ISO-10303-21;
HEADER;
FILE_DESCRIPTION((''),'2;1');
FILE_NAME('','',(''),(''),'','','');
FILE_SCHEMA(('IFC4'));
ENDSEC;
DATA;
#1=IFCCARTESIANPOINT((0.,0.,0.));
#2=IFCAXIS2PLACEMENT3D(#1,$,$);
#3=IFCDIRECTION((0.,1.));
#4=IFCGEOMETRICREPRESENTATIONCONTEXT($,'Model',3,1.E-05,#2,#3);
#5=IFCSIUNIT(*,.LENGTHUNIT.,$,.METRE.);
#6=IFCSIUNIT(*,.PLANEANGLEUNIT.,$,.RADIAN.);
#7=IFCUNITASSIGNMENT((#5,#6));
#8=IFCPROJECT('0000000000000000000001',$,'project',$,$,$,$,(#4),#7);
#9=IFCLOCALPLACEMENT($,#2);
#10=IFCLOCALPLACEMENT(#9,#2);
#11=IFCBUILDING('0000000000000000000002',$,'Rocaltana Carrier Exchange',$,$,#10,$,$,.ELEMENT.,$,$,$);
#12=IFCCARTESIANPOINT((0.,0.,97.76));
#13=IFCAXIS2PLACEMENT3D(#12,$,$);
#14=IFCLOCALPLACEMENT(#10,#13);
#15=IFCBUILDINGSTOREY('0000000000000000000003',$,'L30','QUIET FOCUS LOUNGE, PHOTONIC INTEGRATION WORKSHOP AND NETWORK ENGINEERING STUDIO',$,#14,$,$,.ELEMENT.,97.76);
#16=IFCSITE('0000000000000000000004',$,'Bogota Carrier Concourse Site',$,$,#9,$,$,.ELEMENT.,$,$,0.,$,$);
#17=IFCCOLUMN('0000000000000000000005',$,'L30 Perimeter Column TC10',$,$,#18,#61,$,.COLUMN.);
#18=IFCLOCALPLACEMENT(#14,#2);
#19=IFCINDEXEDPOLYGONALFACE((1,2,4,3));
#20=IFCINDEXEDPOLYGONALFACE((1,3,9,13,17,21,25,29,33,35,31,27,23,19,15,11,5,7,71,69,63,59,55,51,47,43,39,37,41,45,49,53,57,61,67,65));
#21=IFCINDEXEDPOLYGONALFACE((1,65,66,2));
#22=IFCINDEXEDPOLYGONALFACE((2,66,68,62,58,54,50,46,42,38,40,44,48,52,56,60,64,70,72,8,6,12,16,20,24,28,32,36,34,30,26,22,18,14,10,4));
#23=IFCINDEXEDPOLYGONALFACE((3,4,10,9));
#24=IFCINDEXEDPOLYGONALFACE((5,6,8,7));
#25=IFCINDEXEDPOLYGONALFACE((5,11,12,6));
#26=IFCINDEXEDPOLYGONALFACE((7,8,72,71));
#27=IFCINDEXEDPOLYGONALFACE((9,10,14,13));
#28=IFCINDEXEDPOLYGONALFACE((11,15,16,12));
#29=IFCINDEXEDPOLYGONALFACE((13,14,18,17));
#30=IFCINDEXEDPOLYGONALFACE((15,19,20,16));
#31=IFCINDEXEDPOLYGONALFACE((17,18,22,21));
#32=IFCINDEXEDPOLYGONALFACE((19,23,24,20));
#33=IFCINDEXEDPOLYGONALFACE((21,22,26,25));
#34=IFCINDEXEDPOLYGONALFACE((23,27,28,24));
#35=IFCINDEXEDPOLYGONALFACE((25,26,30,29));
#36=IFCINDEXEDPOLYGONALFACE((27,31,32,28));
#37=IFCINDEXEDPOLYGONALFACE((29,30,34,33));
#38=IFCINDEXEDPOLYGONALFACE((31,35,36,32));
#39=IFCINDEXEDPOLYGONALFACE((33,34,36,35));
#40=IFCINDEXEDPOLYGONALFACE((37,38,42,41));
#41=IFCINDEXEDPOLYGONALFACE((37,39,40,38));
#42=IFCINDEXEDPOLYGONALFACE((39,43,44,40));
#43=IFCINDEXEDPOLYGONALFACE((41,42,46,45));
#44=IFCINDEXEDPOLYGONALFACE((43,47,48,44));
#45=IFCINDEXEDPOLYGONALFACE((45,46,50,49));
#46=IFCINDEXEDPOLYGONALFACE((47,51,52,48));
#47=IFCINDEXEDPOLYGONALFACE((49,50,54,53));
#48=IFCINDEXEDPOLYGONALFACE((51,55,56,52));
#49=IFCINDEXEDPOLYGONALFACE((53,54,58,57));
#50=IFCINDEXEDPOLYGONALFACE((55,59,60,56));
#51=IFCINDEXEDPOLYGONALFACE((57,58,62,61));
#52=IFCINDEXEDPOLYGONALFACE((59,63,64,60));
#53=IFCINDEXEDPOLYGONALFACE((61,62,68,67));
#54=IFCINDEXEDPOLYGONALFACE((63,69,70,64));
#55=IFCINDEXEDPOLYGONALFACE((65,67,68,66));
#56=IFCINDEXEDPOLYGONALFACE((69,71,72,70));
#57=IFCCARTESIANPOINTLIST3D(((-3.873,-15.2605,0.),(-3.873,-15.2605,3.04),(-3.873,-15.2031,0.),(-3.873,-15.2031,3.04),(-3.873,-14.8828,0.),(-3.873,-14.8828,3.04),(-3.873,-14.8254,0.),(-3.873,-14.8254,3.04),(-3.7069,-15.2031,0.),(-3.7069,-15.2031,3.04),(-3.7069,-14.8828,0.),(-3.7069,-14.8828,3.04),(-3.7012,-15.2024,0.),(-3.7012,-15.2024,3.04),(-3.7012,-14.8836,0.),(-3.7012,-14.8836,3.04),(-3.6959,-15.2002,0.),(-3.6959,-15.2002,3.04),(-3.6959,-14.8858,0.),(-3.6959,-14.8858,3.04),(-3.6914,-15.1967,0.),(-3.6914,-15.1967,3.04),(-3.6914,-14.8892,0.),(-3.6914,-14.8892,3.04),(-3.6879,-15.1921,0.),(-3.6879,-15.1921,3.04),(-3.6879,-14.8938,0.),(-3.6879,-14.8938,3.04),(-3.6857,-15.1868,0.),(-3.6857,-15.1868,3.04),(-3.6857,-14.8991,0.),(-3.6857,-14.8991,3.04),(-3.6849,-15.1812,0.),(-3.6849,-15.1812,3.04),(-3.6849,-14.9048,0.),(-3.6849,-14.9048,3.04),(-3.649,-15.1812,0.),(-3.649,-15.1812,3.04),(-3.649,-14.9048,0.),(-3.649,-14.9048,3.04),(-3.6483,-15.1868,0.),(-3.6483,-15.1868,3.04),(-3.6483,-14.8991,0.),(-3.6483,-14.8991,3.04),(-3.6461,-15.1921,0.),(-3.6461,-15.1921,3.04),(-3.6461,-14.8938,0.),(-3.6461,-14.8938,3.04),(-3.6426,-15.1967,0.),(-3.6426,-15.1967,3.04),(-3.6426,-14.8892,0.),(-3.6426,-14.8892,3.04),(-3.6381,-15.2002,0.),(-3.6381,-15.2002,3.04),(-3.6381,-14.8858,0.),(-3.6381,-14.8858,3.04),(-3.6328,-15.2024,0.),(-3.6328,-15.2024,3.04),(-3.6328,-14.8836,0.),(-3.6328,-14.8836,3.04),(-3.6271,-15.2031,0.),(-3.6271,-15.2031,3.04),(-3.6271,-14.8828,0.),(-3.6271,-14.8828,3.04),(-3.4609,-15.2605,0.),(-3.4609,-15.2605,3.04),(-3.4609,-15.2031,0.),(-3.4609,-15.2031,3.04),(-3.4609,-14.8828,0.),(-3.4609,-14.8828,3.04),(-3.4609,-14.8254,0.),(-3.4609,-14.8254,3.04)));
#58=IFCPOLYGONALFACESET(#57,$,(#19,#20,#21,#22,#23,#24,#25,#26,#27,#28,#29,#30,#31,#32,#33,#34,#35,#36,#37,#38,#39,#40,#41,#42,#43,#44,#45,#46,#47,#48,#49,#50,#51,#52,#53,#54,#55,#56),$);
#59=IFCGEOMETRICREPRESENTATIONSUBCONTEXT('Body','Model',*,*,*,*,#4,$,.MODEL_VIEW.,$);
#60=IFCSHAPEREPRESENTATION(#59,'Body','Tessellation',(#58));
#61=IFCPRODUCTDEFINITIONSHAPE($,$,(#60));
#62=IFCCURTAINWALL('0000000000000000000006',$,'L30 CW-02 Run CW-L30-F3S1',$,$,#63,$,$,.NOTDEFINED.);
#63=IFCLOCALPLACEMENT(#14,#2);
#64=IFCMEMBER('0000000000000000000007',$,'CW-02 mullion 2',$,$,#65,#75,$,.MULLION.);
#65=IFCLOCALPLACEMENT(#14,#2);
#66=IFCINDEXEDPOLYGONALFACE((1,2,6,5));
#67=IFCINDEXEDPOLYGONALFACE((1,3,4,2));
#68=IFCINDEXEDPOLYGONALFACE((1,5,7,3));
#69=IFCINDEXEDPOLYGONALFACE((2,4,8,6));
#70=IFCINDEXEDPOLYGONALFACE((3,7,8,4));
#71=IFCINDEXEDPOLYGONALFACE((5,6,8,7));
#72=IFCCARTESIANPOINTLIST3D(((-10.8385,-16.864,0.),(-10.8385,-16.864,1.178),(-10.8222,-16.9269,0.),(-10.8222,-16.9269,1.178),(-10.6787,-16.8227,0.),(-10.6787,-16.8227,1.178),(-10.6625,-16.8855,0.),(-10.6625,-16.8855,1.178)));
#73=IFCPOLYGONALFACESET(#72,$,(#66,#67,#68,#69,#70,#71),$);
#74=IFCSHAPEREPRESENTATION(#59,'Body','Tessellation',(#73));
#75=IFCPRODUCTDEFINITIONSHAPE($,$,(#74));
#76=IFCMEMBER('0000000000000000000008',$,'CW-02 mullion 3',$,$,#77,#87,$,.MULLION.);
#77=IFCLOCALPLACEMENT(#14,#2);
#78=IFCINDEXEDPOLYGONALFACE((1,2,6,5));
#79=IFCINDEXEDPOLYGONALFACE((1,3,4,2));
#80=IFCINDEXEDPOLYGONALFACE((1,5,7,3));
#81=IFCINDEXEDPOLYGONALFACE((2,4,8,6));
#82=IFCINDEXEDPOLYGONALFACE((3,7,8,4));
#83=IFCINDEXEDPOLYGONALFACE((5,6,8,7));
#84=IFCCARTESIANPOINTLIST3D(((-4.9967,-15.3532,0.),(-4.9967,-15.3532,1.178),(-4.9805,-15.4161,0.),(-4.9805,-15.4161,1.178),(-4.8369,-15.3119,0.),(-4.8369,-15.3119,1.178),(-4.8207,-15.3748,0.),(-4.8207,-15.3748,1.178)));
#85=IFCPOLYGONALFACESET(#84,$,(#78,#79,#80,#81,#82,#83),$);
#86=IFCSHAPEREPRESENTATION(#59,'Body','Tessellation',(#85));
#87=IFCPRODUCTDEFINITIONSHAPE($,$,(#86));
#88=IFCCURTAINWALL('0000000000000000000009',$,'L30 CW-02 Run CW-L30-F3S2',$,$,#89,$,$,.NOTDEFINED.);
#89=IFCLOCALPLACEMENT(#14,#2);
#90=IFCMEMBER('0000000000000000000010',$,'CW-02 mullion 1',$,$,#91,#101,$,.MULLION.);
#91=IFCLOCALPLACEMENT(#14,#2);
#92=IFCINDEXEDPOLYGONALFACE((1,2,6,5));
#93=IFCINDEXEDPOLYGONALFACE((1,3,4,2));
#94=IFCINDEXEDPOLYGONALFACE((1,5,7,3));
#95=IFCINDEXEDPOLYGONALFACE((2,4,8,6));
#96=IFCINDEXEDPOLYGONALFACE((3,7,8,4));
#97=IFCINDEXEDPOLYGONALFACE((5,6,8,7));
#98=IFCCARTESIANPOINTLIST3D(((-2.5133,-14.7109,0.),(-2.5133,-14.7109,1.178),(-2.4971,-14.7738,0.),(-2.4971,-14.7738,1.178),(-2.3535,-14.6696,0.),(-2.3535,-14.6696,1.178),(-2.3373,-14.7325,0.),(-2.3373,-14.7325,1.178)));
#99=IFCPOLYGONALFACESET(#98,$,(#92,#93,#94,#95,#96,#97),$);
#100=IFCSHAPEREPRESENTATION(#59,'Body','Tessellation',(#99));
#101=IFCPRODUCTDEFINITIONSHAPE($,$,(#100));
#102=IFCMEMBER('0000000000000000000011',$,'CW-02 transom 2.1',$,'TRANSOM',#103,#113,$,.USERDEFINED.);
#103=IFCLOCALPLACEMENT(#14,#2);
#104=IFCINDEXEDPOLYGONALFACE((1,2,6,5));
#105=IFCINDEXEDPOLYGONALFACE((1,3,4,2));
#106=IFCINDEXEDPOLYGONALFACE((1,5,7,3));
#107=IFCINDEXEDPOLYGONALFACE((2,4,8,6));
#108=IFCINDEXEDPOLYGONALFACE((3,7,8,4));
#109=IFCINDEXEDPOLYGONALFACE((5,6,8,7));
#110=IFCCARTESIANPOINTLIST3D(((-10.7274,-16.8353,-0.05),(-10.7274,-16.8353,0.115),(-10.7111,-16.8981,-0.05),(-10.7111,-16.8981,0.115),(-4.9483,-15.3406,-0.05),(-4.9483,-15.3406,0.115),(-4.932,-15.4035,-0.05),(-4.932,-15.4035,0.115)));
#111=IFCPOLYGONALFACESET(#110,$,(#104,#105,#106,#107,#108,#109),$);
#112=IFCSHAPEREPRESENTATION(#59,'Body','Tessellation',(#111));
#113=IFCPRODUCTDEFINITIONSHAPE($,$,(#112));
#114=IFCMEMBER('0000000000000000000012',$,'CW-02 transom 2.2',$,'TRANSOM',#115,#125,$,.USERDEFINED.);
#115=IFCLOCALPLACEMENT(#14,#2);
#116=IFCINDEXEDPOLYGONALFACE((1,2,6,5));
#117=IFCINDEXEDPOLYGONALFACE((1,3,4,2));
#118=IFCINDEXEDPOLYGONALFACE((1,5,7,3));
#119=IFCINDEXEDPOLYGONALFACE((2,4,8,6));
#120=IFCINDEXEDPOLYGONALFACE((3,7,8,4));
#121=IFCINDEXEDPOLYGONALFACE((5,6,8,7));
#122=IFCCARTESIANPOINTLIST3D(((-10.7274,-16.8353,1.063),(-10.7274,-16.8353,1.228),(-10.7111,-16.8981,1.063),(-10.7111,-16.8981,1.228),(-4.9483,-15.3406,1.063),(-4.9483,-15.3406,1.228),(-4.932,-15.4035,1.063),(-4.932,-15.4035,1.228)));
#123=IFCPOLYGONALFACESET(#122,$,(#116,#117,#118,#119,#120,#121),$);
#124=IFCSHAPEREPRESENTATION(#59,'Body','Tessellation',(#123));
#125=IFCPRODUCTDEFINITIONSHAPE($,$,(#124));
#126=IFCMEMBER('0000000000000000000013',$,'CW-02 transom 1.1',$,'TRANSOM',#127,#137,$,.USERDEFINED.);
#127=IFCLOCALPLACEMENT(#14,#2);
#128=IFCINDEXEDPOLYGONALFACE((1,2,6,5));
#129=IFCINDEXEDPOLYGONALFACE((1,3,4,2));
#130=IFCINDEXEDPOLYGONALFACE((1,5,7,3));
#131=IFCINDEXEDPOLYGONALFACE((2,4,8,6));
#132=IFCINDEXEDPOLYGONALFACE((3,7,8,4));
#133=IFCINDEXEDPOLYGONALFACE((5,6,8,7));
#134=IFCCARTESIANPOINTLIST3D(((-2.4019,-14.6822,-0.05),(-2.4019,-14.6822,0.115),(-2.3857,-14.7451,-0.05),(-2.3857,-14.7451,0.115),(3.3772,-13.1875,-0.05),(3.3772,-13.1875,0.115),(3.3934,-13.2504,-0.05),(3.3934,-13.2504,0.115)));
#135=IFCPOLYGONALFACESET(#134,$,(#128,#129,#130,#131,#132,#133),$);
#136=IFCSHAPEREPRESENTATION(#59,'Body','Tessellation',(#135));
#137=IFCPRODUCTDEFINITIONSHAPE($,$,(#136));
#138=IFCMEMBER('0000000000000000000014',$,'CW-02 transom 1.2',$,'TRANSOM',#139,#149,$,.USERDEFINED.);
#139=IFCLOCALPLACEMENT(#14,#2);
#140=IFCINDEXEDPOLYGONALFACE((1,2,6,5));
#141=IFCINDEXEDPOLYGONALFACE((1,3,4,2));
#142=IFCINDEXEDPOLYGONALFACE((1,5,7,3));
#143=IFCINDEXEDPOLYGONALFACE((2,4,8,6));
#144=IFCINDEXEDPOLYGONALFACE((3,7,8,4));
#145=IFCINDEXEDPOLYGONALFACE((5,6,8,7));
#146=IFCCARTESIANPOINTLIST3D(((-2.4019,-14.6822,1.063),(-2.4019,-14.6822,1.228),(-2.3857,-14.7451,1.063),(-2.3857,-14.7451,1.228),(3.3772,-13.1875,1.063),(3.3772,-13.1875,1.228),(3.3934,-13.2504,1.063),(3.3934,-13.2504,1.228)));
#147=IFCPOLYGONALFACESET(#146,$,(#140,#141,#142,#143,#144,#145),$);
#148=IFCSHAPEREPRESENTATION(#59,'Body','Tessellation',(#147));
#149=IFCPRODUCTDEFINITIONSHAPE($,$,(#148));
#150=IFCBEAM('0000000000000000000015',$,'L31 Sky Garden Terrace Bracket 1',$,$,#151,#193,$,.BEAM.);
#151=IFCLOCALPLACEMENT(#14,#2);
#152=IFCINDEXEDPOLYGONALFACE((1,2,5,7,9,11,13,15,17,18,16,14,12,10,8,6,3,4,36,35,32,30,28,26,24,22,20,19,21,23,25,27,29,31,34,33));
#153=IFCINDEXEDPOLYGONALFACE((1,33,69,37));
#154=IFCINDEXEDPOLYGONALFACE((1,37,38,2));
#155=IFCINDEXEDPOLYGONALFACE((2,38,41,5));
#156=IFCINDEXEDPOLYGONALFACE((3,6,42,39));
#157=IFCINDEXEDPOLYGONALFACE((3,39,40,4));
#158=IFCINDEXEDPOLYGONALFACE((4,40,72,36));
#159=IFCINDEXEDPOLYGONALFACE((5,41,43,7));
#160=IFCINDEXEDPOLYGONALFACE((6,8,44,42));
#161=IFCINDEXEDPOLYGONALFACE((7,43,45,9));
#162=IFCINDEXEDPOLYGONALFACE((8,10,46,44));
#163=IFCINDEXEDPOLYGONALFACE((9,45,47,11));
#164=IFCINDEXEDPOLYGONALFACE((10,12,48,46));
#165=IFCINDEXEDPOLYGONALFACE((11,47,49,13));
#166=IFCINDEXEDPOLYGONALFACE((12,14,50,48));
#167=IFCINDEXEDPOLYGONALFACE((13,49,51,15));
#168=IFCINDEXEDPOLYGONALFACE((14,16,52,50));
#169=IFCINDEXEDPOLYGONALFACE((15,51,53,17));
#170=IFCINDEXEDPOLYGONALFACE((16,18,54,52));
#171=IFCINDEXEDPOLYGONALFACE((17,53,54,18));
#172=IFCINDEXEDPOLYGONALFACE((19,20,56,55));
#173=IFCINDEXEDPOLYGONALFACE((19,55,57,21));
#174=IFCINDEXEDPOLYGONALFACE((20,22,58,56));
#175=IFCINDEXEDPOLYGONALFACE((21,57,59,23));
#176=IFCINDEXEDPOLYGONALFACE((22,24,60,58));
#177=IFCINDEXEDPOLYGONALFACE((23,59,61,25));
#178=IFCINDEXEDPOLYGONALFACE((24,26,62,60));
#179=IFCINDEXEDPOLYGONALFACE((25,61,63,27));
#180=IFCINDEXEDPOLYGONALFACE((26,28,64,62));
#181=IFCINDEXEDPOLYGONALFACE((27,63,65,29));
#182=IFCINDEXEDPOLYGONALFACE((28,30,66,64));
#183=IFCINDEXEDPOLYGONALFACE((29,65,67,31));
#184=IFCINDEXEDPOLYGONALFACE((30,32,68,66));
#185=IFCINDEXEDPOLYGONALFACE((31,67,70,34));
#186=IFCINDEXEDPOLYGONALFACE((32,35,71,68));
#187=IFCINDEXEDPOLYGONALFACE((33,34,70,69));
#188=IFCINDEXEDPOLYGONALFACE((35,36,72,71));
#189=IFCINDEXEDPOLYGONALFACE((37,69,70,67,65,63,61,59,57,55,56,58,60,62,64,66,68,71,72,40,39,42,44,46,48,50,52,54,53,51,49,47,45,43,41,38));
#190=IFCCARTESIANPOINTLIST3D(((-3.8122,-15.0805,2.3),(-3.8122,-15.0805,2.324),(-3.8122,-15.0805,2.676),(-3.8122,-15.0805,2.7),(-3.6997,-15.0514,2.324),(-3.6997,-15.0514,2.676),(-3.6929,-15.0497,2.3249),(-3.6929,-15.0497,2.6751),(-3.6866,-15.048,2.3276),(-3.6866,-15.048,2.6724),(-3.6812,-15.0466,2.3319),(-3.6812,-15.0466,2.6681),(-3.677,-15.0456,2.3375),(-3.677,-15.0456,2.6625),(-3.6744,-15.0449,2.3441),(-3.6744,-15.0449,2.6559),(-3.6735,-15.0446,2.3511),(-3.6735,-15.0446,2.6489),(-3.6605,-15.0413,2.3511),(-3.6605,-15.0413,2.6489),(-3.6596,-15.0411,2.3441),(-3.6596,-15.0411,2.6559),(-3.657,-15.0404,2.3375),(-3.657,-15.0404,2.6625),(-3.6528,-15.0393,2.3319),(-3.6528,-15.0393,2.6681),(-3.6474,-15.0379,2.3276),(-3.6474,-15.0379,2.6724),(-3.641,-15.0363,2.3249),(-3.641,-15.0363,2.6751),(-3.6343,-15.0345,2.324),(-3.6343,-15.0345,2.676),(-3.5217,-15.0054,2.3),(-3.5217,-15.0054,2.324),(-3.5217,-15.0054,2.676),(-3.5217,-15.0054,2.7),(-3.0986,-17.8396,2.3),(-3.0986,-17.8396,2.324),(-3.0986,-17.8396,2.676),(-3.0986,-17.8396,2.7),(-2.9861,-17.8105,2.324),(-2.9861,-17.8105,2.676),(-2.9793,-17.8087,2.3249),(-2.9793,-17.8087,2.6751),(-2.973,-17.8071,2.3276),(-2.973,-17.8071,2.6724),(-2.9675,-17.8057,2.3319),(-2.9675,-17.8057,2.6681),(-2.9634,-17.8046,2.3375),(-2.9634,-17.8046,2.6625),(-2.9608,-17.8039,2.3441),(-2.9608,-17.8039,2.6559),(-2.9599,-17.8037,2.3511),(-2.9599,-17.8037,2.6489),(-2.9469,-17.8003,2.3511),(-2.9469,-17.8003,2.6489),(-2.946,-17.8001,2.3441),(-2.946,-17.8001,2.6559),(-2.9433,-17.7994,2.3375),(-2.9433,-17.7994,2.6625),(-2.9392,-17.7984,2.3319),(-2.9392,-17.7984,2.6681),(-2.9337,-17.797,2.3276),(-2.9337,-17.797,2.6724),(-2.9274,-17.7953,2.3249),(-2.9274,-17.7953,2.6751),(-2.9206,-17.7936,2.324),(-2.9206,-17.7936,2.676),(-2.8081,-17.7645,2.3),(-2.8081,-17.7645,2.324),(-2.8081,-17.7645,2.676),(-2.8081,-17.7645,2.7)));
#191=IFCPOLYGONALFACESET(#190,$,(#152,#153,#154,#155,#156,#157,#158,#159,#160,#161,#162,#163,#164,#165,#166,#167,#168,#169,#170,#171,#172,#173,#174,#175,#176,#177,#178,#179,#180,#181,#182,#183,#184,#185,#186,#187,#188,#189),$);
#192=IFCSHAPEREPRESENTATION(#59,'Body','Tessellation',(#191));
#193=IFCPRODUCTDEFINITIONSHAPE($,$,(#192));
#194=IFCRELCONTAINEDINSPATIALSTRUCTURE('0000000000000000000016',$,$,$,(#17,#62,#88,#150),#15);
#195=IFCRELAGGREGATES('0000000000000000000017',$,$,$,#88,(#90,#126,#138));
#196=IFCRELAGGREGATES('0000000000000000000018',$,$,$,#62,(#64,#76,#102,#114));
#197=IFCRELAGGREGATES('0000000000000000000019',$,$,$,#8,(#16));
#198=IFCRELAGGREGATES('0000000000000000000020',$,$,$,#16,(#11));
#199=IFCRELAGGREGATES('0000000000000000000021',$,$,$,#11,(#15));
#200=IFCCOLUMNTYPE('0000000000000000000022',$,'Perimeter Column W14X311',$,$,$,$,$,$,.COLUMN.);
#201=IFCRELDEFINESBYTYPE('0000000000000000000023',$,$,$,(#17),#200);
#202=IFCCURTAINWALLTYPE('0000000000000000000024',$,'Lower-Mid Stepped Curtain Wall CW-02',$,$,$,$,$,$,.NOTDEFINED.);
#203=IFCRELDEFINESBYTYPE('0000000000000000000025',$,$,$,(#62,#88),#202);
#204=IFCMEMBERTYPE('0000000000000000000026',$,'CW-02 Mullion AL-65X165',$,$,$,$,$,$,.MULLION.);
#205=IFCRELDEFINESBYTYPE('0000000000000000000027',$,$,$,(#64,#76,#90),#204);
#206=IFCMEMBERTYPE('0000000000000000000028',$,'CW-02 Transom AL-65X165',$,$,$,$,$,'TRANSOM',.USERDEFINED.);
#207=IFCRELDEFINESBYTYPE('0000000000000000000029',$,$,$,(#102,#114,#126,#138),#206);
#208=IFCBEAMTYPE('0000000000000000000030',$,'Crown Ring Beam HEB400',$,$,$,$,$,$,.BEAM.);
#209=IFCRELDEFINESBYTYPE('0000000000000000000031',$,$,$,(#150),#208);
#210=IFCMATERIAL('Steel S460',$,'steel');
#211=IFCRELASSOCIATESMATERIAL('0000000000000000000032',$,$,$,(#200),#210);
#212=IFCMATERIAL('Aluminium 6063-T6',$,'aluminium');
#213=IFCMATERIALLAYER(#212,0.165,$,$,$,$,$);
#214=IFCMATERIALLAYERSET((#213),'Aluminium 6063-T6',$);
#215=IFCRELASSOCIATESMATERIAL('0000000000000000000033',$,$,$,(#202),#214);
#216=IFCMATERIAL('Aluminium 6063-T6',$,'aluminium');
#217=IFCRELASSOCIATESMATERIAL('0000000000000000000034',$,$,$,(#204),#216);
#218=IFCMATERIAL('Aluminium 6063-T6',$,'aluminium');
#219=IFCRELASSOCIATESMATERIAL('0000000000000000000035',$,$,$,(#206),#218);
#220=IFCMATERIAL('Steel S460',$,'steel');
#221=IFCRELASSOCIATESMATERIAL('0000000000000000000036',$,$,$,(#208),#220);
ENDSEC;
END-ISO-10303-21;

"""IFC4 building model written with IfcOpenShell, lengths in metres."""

from ifc_helpers import new_model, si_unit, direction, frame, origin, origin_2d, place, context, subcontext, project, spatial, rectangle, i_section, extrude, material, layer, layer_set, material_profile, profile_set, type_object, element, aggregate, save


model = new_model("IFC4")

# Units and contexts
model_context = context("Model", 3, precision=1e-05, world=origin(), true_north=direction((0.0, 1.0)))
body_context = subcontext(model_context, "Body", "Model", "MODEL_VIEW")
ifc_project = project(units=[si_unit("LENGTHUNIT", "METRE"), si_unit("PLANEANGLEUNIT", "RADIAN")], contexts=[model_context])

# Site, building, storey
site_placement = place(None, origin())
site = spatial("IfcSite", under=ifc_project, at=site_placement, Name="Bogota Carrier Concourse Site", CompositionType="ELEMENT", RefElevation=0.0)
building_placement = place(site_placement, origin())
building = spatial("IfcBuilding", under=site, at=building_placement, Name="Rocaltana Carrier Exchange", CompositionType="ELEMENT")
storey_placement = place(building_placement, frame((0.0, 0.0, 97.76)))
storey = spatial("IfcBuildingStorey", under=building, at=storey_placement, Name="L30", Description="QUIET FOCUS LOUNGE, PHOTONIC INTEGRATION WORKSHOP AND NETWORK ENGINEERING STUDIO", CompositionType="ELEMENT", Elevation=97.76)

# Column
ifc_material_1 = material(Name="Steel S460", Category="steel")
ifc_material_profile_1 = material_profile(ifc_material_1, i_section(OverallWidth=0.4121, OverallDepth=0.4351, WebThickness=0.0359, FlangeThickness=0.0574, FilletRadius=0.022, at=origin_2d()), Name="W14X311")
ifc_profile_set_1 = profile_set([ifc_material_profile_1], Name="Steel S460")
column_type = type_object("IfcColumnType", Name="Perimeter Column W14X311", PredefinedType="COLUMN", material=ifc_profile_set_1)
column_placement = place(storey_placement, frame((-3.667, -15.043, 0.0), z_axis=(0.0, 0.0, 1.0), x_axis=(1.0, 0.0, 0.0)))
element("IfcColumn", 1, at=column_placement, inside=storey, type_object=column_type, Name="L30 Perimeter Column TC10", PredefinedType="COLUMN", context=body_context, shape_type="SweptSolid", body=[
    extrude(i_section(OverallWidth=0.4121, OverallDepth=0.4351, WebThickness=0.0359, FlangeThickness=0.0574, FilletRadius=0.022, at=origin_2d()), origin(), (0.0, 0.0, 1.0), 3.04),
])

# Curtain wall, members
ifc_material_2 = material(Name="Aluminium 6063-T6", Category="aluminium")
ifc_layer_1 = layer(ifc_material_2, 0.165)
ifc_layer_set_1 = layer_set([ifc_layer_1], Name="Aluminium 6063-T6")
curtain_wall_type = type_object("IfcCurtainWallType", Name="Lower-Mid Stepped Curtain Wall CW-02", PredefinedType="NOTDEFINED", material=ifc_layer_set_1)
curtain_wall_1_placement = place(storey_placement, origin())
curtain_wall_1 = element("IfcCurtainWall", 2, at=curtain_wall_1_placement, inside=storey, type_object=curtain_wall_type, Name="L30 CW-02 Run CW-L30-F3S1", PredefinedType="NOTDEFINED")
ifc_material_3 = material(Name="Aluminium 6063-T6", Category="aluminium")
ifc_material_profile_2 = material_profile(ifc_material_3, rectangle(XDim=0.0649, YDim=0.165, at=origin_2d()), Name="AL-65X165")
ifc_profile_set_2 = profile_set([ifc_material_profile_2], Name="Aluminium 6063-T6")
member_type_1 = type_object("IfcMemberType", Name="CW-02 Mullion AL-65X165", PredefinedType="MULLION", material=ifc_profile_set_2)
member_1_placement = place(storey_placement, frame((-10.7505, -16.8748, 0.0), z_axis=(0.0, 0.0, 1.0), x_axis=(-0.250378, 0.968148, 0.0)))
member_1 = element("IfcMember", 3, at=member_1_placement, type_object=member_type_1, Name="CW-02 mullion 2", PredefinedType="MULLION", context=body_context, shape_type="SweptSolid", body=[
    extrude(rectangle(XDim=0.0649, YDim=0.165, at=origin_2d()), origin(), (0.0, 0.0, 1.0), 1.178),
])
member_2_placement = place(storey_placement, frame((-4.9087, -15.364, 0.0), z_axis=(0.0, 0.0, 1.0), x_axis=(-0.250378, 0.968148, 0.0)))
member_2 = element("IfcMember", 4, at=member_2_placement, type_object=member_type_1, Name="CW-02 mullion 3", PredefinedType="MULLION", context=body_context, shape_type="SweptSolid", body=[
    extrude(rectangle(XDim=0.0649, YDim=0.165, at=origin_2d()), origin(), (0.0, 0.0, 1.0), 1.178),
])

# Curtain wall, member
curtain_wall_2_placement = place(storey_placement, origin())
curtain_wall_2 = element("IfcCurtainWall", 5, at=curtain_wall_2_placement, inside=storey, type_object=curtain_wall_type, Name="L30 CW-02 Run CW-L30-F3S2", PredefinedType="NOTDEFINED")
member_3_placement = place(storey_placement, frame((-2.4253, -14.7217, 0.0), z_axis=(0.0, 0.0, 1.0), x_axis=(-0.250378, 0.968148, 0.0)))
member_3 = element("IfcMember", 6, at=member_3_placement, type_object=member_type_1, Name="CW-02 mullion 1", PredefinedType="MULLION", context=body_context, shape_type="SweptSolid", body=[
    extrude(rectangle(XDim=0.0649, YDim=0.165, at=origin_2d()), origin(), (0.0, 0.0, 1.0), 1.178),
])

# Members
ifc_material_4 = material(Name="Aluminium 6063-T6", Category="aluminium")
ifc_material_profile_3 = material_profile(ifc_material_4, rectangle(XDim=0.0649, YDim=0.165, at=origin_2d()), Name="AL-65X165")
ifc_profile_set_3 = profile_set([ifc_material_profile_3], Name="Aluminium 6063-T6")
member_type_2 = type_object("IfcMemberType", Name="CW-02 Transom AL-65X165", ElementType="TRANSOM", PredefinedType="USERDEFINED", material=ifc_profile_set_3)
member_4_placement = place(storey_placement, frame((-10.7192, -16.8667, 0.0325), z_axis=(0.968145, 0.25039, 0.0), x_axis=(-0.25039, 0.968145, 0.0)))
member_4 = element("IfcMember", 7, at=member_4_placement, type_object=member_type_2, Name="CW-02 transom 2.1", ObjectType="TRANSOM", PredefinedType="USERDEFINED", context=body_context, shape_type="SweptSolid", body=[
    extrude(rectangle(XDim=0.0649, YDim=0.165, at=origin_2d()), origin(), (0.0, 0.0, 1.0), 5.9692),
])
member_5_placement = place(storey_placement, frame((-10.7192, -16.8667, 1.1455), z_axis=(0.968145, 0.25039, 0.0), x_axis=(-0.25039, 0.968145, 0.0)))
member_5 = element("IfcMember", 8, at=member_5_placement, type_object=member_type_2, Name="CW-02 transom 2.2", ObjectType="TRANSOM", PredefinedType="USERDEFINED", context=body_context, shape_type="SweptSolid", body=[
    extrude(rectangle(XDim=0.0649, YDim=0.165, at=origin_2d()), origin(), (0.0, 0.0, 1.0), 5.9692),
])
member_6_placement = place(storey_placement, frame((-2.3938, -14.7136, 0.0325), z_axis=(0.968145, 0.25039, 0.0), x_axis=(-0.25039, 0.968145, 0.0)))
member_6 = element("IfcMember", 9, at=member_6_placement, type_object=member_type_2, Name="CW-02 transom 1.1", ObjectType="TRANSOM", PredefinedType="USERDEFINED", context=body_context, shape_type="SweptSolid", body=[
    extrude(rectangle(XDim=0.0649, YDim=0.165, at=origin_2d()), origin(), (0.0, 0.0, 1.0), 5.9692),
])
member_7_placement = place(storey_placement, frame((-2.3938, -14.7136, 1.1455), z_axis=(0.968145, 0.25039, 0.0), x_axis=(-0.25039, 0.968145, 0.0)))
member_7 = element("IfcMember", 10, at=member_7_placement, type_object=member_type_2, Name="CW-02 transom 1.2", ObjectType="TRANSOM", PredefinedType="USERDEFINED", context=body_context, shape_type="SweptSolid", body=[
    extrude(rectangle(XDim=0.0649, YDim=0.165, at=origin_2d()), origin(), (0.0, 0.0, 1.0), 5.9692),
])
aggregate(curtain_wall_2, [member_3, member_6, member_7])

# Beam
ifc_material_5 = material(Name="Steel S460", Category="steel")
ifc_material_profile_4 = material_profile(ifc_material_5, i_section(OverallWidth=0.3, OverallDepth=0.3999, WebThickness=0.0134, FlangeThickness=0.0239, FilletRadius=0.0271, at=origin_2d()), Name="HEB400")
ifc_profile_set_4 = profile_set([ifc_material_profile_4], Name="Steel S460")
beam_type_1 = type_object("IfcBeamType", Name="Crown Ring Beam HEB400", PredefinedType="BEAM", material=ifc_profile_set_4)
beam_1_placement = place(storey_placement, frame((-3.667, -15.043, 2.5), z_axis=(0.250409, -0.96814, 0.0), x_axis=(0.96814, 0.250409, 0.0)))
element("IfcBeam", 11, at=beam_1_placement, inside=storey, type_object=beam_type_1, Name="L31 Sky Garden Terrace Bracket 1", PredefinedType="BEAM", context=body_context, shape_type="SweptSolid", body=[
    extrude(i_section(OverallWidth=0.3, OverallDepth=0.3999, WebThickness=0.0134, FlangeThickness=0.0239, FilletRadius=0.0271, at=origin_2d()), origin(), (0.0, 0.0, 1.0), 2.8499),
])

aggregate(curtain_wall_1, [member_1, member_2, member_4, member_5])

save(model, "model.ifc")
